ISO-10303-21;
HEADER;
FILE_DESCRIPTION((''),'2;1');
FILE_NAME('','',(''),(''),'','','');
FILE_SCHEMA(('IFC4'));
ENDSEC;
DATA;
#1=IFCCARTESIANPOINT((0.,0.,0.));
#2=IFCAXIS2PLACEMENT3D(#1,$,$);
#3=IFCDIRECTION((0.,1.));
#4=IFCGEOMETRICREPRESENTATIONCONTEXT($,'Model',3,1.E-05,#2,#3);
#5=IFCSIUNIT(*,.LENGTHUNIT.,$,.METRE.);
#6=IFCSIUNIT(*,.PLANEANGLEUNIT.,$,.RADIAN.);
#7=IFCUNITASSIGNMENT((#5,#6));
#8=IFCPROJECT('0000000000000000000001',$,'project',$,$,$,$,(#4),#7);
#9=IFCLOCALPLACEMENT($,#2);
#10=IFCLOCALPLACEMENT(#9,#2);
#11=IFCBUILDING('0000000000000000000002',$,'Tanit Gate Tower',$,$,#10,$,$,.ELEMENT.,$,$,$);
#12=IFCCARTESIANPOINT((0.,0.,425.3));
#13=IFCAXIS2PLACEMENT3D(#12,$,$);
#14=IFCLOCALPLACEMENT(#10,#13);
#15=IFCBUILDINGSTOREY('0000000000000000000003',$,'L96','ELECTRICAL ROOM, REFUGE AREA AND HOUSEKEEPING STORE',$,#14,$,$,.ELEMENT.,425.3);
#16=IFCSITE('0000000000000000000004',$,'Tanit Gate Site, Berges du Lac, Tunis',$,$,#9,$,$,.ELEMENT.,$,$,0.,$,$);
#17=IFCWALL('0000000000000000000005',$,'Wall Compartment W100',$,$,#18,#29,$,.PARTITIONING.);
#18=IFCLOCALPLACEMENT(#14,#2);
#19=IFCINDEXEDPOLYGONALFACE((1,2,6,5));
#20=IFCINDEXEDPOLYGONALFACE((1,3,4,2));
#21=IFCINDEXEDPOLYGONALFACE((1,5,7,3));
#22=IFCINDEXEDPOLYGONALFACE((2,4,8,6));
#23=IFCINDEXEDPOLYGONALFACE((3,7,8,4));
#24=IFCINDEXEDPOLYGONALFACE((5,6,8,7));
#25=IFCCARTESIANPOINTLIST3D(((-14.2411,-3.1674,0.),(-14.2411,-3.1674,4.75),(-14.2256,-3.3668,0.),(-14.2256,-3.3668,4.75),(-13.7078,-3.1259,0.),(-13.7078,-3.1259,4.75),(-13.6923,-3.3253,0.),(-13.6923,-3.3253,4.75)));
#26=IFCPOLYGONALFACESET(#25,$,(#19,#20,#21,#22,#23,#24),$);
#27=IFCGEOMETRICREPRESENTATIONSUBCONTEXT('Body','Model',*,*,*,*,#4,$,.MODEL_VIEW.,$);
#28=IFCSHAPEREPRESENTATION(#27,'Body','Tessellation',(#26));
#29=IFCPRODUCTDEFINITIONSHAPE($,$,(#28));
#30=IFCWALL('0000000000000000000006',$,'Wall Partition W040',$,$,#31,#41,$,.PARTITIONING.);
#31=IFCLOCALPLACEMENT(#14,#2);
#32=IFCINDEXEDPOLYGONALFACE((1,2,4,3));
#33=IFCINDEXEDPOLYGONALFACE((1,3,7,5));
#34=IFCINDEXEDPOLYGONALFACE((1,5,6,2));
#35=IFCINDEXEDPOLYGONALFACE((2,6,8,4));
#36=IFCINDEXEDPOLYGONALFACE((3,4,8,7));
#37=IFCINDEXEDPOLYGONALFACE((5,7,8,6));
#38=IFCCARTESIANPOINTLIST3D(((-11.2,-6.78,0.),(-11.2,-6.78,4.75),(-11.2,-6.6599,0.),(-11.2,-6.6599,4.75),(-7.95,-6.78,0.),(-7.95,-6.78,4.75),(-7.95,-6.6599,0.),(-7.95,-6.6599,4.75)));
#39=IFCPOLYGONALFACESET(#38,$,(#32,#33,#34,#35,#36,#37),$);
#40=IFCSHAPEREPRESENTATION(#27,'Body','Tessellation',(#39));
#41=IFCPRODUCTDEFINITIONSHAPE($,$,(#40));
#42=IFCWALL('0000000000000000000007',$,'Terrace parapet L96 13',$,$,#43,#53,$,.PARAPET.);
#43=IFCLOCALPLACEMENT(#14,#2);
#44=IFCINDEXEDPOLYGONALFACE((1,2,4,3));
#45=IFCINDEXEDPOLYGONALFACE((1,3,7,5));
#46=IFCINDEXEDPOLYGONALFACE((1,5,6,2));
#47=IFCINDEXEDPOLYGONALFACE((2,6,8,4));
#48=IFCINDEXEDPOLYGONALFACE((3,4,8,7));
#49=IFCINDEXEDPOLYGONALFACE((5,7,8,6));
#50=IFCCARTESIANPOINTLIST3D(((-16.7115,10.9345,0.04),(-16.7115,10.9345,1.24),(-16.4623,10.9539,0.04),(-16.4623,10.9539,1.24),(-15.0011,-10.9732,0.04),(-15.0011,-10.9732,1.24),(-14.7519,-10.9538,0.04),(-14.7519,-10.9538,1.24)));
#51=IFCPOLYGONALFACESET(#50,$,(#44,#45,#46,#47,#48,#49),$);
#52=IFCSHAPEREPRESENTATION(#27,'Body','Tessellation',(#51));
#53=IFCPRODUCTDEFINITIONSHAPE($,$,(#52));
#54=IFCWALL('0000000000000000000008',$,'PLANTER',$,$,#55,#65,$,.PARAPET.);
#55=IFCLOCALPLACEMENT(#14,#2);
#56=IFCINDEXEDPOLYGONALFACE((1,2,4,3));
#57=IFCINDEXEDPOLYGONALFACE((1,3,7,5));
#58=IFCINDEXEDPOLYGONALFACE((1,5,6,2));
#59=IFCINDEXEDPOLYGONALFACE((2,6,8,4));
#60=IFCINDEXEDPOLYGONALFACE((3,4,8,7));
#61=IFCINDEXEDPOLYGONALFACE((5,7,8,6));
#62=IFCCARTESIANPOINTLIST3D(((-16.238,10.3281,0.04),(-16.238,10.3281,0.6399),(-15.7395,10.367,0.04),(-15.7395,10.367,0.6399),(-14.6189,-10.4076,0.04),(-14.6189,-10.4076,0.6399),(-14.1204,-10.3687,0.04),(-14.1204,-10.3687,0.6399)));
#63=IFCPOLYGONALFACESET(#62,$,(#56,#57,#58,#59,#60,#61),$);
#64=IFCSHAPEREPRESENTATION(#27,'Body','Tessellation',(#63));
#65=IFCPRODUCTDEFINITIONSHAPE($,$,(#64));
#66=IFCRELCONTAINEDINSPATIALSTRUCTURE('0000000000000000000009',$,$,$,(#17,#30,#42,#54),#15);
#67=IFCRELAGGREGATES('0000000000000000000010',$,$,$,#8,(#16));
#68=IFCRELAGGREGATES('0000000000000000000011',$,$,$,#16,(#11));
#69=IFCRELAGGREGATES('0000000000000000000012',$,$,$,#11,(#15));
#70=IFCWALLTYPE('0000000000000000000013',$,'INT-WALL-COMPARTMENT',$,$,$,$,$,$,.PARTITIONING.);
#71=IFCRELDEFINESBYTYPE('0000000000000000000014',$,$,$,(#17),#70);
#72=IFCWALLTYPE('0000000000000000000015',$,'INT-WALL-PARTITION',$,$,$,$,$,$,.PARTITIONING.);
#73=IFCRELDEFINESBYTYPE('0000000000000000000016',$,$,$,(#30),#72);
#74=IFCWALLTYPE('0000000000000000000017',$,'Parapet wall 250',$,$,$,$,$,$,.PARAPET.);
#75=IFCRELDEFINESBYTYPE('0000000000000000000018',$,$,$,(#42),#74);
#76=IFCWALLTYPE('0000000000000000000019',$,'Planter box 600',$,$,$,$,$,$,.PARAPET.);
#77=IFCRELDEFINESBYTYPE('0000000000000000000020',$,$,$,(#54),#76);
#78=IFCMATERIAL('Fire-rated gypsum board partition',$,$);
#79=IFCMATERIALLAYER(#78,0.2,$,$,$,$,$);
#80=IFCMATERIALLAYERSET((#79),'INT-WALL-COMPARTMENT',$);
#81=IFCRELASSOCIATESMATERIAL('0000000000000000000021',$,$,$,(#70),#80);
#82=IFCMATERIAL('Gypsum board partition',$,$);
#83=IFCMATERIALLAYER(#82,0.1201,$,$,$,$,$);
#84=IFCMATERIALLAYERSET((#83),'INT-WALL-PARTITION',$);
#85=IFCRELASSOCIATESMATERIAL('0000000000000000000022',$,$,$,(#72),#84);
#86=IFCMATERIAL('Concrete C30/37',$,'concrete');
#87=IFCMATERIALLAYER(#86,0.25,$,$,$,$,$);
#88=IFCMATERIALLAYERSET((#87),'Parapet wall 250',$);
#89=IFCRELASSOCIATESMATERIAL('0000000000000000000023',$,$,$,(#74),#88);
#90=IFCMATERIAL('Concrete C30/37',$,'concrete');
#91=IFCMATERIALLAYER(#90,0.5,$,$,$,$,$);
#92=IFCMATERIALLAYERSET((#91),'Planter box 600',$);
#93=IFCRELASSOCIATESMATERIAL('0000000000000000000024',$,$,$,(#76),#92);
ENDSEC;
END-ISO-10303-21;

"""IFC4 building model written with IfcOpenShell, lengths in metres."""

from ifc_helpers import new_model, si_unit, direction, frame, frame_2d, origin, place, context, subcontext, project, spatial, rectangle, extrude, material, layer, layer_set, type_object, element, save


model = new_model("IFC4")

# Units and contexts
model_context = context("Model", 3, precision=1e-05, world=origin(), true_north=direction((0.0, 1.0)))
body_context = subcontext(model_context, "Body", "Model", "MODEL_VIEW")
ifc_project = project(units=[si_unit("LENGTHUNIT", "METRE"), si_unit("PLANEANGLEUNIT", "RADIAN")], contexts=[model_context])

# Site, building, storey
site_placement = place(None, origin())
site = spatial("IfcSite", under=ifc_project, at=site_placement, Name="Tanit Gate Site, Berges du Lac, Tunis", CompositionType="ELEMENT", RefElevation=0.0)
building_placement = place(site_placement, origin())
building = spatial("IfcBuilding", under=site, at=building_placement, Name="Tanit Gate Tower", CompositionType="ELEMENT")
storey_placement = place(building_placement, frame((0.0, 0.0, 425.3)))
storey = spatial("IfcBuildingStorey", under=building, at=storey_placement, Name="L96", Description="ELECTRICAL ROOM, REFUGE AREA AND HOUSEKEEPING STORE", CompositionType="ELEMENT", Elevation=425.3)

# Shared definitions
ifc_material_1 = material(Name="Fire-rated gypsum board partition")
ifc_layer_1 = layer(ifc_material_1, 0.2)
ifc_layer_set_1 = layer_set([ifc_layer_1], Name="INT-WALL-COMPARTMENT")
wall_type_1 = type_object("IfcWallType", Name="INT-WALL-COMPARTMENT", PredefinedType="PARTITIONING", material=ifc_layer_set_1)

# Walls
wall_1_placement = place(storey_placement, frame((-13.7, -3.2256, 0.0), z_axis=(0.0, 0.0, 1.0), x_axis=(-0.996984, -0.077604, 0.0)))
element("IfcWall", 1, at=wall_1_placement, inside=storey, type_object=wall_type_1, Name="Wall Compartment W100", PredefinedType="PARTITIONING", context=body_context, shape_type="SweptSolid", body=[
    extrude(rectangle(XDim=0.5349, YDim=0.2, at=frame_2d((0.2676, 0.0))), origin(), (0.0, 0.0, 1.0), 4.75),
])
ifc_material_2 = material(Name="Gypsum board partition")
ifc_layer_2 = layer(ifc_material_2, 0.1201)
ifc_layer_set_2 = layer_set([ifc_layer_2], Name="INT-WALL-PARTITION")
wall_type_2 = type_object("IfcWallType", Name="INT-WALL-PARTITION", PredefinedType="PARTITIONING", material=ifc_layer_set_2)
wall_2_placement = place(storey_placement, frame((-11.2, -6.72, 0.0), z_axis=(0.0, 0.0, 1.0), x_axis=(1.0, 0.0, 0.0)))
element("IfcWall", 2, at=wall_2_placement, inside=storey, type_object=wall_type_2, Name="Wall Partition W040", PredefinedType="PARTITIONING", context=body_context, shape_type="SweptSolid", body=[
    extrude(rectangle(XDim=3.25, YDim=0.1201, at=frame_2d((1.625, 0.0))), origin(), (0.0, 0.0, 1.0), 4.75),
])
ifc_material_3 = material(Name="Concrete C30/37", Category="concrete")
ifc_layer_3 = layer(ifc_material_3, 0.25)
ifc_layer_set_3 = layer_set([ifc_layer_3], Name="Parapet wall 250")
wall_type_3 = type_object("IfcWallType", Name="Parapet wall 250", PredefinedType="PARAPET", material=ifc_layer_set_3)
wall_3_placement = place(storey_placement, frame((-14.8765, -10.9636, 0.04), z_axis=(0.0, 0.0, 1.0), x_axis=(-0.077838, 0.996966, 0.0)))
element("IfcWall", 3, at=wall_3_placement, inside=storey, type_object=wall_type_3, Name="Terrace parapet L96 13", PredefinedType="PARAPET", context=body_context, shape_type="SweptSolid", body=[
    extrude(rectangle(XDim=21.9744, YDim=0.25, at=frame_2d((10.9873, 0.0))), origin(), (0.0, 0.0, 1.0), 1.2),
])
ifc_material_4 = material(Name="Concrete C30/37", Category="concrete")
ifc_layer_4 = layer(ifc_material_4, 0.5)
ifc_layer_set_4 = layer_set([ifc_layer_4], Name="Planter box 600")
wall_type_4 = type_object("IfcWallType", Name="Planter box 600", PredefinedType="PARAPET", material=ifc_layer_set_4)
wall_4_placement = place(storey_placement, frame((-14.3696, -10.3882, 0.04), z_axis=(0.0, 0.0, 1.0), x_axis=(-0.077848, 0.996965, 0.0)))
element("IfcWall", 4, at=wall_4_placement, inside=storey, type_object=wall_type_4, Name="PLANTER", PredefinedType="PARAPET", context=body_context, shape_type="SweptSolid", body=[
    extrude(rectangle(XDim=20.7988, YDim=0.5, at=frame_2d((10.3994, 0.0))), origin(), (0.0, 0.0, 1.0), 0.5999),
])

save(model, "model.ifc")
